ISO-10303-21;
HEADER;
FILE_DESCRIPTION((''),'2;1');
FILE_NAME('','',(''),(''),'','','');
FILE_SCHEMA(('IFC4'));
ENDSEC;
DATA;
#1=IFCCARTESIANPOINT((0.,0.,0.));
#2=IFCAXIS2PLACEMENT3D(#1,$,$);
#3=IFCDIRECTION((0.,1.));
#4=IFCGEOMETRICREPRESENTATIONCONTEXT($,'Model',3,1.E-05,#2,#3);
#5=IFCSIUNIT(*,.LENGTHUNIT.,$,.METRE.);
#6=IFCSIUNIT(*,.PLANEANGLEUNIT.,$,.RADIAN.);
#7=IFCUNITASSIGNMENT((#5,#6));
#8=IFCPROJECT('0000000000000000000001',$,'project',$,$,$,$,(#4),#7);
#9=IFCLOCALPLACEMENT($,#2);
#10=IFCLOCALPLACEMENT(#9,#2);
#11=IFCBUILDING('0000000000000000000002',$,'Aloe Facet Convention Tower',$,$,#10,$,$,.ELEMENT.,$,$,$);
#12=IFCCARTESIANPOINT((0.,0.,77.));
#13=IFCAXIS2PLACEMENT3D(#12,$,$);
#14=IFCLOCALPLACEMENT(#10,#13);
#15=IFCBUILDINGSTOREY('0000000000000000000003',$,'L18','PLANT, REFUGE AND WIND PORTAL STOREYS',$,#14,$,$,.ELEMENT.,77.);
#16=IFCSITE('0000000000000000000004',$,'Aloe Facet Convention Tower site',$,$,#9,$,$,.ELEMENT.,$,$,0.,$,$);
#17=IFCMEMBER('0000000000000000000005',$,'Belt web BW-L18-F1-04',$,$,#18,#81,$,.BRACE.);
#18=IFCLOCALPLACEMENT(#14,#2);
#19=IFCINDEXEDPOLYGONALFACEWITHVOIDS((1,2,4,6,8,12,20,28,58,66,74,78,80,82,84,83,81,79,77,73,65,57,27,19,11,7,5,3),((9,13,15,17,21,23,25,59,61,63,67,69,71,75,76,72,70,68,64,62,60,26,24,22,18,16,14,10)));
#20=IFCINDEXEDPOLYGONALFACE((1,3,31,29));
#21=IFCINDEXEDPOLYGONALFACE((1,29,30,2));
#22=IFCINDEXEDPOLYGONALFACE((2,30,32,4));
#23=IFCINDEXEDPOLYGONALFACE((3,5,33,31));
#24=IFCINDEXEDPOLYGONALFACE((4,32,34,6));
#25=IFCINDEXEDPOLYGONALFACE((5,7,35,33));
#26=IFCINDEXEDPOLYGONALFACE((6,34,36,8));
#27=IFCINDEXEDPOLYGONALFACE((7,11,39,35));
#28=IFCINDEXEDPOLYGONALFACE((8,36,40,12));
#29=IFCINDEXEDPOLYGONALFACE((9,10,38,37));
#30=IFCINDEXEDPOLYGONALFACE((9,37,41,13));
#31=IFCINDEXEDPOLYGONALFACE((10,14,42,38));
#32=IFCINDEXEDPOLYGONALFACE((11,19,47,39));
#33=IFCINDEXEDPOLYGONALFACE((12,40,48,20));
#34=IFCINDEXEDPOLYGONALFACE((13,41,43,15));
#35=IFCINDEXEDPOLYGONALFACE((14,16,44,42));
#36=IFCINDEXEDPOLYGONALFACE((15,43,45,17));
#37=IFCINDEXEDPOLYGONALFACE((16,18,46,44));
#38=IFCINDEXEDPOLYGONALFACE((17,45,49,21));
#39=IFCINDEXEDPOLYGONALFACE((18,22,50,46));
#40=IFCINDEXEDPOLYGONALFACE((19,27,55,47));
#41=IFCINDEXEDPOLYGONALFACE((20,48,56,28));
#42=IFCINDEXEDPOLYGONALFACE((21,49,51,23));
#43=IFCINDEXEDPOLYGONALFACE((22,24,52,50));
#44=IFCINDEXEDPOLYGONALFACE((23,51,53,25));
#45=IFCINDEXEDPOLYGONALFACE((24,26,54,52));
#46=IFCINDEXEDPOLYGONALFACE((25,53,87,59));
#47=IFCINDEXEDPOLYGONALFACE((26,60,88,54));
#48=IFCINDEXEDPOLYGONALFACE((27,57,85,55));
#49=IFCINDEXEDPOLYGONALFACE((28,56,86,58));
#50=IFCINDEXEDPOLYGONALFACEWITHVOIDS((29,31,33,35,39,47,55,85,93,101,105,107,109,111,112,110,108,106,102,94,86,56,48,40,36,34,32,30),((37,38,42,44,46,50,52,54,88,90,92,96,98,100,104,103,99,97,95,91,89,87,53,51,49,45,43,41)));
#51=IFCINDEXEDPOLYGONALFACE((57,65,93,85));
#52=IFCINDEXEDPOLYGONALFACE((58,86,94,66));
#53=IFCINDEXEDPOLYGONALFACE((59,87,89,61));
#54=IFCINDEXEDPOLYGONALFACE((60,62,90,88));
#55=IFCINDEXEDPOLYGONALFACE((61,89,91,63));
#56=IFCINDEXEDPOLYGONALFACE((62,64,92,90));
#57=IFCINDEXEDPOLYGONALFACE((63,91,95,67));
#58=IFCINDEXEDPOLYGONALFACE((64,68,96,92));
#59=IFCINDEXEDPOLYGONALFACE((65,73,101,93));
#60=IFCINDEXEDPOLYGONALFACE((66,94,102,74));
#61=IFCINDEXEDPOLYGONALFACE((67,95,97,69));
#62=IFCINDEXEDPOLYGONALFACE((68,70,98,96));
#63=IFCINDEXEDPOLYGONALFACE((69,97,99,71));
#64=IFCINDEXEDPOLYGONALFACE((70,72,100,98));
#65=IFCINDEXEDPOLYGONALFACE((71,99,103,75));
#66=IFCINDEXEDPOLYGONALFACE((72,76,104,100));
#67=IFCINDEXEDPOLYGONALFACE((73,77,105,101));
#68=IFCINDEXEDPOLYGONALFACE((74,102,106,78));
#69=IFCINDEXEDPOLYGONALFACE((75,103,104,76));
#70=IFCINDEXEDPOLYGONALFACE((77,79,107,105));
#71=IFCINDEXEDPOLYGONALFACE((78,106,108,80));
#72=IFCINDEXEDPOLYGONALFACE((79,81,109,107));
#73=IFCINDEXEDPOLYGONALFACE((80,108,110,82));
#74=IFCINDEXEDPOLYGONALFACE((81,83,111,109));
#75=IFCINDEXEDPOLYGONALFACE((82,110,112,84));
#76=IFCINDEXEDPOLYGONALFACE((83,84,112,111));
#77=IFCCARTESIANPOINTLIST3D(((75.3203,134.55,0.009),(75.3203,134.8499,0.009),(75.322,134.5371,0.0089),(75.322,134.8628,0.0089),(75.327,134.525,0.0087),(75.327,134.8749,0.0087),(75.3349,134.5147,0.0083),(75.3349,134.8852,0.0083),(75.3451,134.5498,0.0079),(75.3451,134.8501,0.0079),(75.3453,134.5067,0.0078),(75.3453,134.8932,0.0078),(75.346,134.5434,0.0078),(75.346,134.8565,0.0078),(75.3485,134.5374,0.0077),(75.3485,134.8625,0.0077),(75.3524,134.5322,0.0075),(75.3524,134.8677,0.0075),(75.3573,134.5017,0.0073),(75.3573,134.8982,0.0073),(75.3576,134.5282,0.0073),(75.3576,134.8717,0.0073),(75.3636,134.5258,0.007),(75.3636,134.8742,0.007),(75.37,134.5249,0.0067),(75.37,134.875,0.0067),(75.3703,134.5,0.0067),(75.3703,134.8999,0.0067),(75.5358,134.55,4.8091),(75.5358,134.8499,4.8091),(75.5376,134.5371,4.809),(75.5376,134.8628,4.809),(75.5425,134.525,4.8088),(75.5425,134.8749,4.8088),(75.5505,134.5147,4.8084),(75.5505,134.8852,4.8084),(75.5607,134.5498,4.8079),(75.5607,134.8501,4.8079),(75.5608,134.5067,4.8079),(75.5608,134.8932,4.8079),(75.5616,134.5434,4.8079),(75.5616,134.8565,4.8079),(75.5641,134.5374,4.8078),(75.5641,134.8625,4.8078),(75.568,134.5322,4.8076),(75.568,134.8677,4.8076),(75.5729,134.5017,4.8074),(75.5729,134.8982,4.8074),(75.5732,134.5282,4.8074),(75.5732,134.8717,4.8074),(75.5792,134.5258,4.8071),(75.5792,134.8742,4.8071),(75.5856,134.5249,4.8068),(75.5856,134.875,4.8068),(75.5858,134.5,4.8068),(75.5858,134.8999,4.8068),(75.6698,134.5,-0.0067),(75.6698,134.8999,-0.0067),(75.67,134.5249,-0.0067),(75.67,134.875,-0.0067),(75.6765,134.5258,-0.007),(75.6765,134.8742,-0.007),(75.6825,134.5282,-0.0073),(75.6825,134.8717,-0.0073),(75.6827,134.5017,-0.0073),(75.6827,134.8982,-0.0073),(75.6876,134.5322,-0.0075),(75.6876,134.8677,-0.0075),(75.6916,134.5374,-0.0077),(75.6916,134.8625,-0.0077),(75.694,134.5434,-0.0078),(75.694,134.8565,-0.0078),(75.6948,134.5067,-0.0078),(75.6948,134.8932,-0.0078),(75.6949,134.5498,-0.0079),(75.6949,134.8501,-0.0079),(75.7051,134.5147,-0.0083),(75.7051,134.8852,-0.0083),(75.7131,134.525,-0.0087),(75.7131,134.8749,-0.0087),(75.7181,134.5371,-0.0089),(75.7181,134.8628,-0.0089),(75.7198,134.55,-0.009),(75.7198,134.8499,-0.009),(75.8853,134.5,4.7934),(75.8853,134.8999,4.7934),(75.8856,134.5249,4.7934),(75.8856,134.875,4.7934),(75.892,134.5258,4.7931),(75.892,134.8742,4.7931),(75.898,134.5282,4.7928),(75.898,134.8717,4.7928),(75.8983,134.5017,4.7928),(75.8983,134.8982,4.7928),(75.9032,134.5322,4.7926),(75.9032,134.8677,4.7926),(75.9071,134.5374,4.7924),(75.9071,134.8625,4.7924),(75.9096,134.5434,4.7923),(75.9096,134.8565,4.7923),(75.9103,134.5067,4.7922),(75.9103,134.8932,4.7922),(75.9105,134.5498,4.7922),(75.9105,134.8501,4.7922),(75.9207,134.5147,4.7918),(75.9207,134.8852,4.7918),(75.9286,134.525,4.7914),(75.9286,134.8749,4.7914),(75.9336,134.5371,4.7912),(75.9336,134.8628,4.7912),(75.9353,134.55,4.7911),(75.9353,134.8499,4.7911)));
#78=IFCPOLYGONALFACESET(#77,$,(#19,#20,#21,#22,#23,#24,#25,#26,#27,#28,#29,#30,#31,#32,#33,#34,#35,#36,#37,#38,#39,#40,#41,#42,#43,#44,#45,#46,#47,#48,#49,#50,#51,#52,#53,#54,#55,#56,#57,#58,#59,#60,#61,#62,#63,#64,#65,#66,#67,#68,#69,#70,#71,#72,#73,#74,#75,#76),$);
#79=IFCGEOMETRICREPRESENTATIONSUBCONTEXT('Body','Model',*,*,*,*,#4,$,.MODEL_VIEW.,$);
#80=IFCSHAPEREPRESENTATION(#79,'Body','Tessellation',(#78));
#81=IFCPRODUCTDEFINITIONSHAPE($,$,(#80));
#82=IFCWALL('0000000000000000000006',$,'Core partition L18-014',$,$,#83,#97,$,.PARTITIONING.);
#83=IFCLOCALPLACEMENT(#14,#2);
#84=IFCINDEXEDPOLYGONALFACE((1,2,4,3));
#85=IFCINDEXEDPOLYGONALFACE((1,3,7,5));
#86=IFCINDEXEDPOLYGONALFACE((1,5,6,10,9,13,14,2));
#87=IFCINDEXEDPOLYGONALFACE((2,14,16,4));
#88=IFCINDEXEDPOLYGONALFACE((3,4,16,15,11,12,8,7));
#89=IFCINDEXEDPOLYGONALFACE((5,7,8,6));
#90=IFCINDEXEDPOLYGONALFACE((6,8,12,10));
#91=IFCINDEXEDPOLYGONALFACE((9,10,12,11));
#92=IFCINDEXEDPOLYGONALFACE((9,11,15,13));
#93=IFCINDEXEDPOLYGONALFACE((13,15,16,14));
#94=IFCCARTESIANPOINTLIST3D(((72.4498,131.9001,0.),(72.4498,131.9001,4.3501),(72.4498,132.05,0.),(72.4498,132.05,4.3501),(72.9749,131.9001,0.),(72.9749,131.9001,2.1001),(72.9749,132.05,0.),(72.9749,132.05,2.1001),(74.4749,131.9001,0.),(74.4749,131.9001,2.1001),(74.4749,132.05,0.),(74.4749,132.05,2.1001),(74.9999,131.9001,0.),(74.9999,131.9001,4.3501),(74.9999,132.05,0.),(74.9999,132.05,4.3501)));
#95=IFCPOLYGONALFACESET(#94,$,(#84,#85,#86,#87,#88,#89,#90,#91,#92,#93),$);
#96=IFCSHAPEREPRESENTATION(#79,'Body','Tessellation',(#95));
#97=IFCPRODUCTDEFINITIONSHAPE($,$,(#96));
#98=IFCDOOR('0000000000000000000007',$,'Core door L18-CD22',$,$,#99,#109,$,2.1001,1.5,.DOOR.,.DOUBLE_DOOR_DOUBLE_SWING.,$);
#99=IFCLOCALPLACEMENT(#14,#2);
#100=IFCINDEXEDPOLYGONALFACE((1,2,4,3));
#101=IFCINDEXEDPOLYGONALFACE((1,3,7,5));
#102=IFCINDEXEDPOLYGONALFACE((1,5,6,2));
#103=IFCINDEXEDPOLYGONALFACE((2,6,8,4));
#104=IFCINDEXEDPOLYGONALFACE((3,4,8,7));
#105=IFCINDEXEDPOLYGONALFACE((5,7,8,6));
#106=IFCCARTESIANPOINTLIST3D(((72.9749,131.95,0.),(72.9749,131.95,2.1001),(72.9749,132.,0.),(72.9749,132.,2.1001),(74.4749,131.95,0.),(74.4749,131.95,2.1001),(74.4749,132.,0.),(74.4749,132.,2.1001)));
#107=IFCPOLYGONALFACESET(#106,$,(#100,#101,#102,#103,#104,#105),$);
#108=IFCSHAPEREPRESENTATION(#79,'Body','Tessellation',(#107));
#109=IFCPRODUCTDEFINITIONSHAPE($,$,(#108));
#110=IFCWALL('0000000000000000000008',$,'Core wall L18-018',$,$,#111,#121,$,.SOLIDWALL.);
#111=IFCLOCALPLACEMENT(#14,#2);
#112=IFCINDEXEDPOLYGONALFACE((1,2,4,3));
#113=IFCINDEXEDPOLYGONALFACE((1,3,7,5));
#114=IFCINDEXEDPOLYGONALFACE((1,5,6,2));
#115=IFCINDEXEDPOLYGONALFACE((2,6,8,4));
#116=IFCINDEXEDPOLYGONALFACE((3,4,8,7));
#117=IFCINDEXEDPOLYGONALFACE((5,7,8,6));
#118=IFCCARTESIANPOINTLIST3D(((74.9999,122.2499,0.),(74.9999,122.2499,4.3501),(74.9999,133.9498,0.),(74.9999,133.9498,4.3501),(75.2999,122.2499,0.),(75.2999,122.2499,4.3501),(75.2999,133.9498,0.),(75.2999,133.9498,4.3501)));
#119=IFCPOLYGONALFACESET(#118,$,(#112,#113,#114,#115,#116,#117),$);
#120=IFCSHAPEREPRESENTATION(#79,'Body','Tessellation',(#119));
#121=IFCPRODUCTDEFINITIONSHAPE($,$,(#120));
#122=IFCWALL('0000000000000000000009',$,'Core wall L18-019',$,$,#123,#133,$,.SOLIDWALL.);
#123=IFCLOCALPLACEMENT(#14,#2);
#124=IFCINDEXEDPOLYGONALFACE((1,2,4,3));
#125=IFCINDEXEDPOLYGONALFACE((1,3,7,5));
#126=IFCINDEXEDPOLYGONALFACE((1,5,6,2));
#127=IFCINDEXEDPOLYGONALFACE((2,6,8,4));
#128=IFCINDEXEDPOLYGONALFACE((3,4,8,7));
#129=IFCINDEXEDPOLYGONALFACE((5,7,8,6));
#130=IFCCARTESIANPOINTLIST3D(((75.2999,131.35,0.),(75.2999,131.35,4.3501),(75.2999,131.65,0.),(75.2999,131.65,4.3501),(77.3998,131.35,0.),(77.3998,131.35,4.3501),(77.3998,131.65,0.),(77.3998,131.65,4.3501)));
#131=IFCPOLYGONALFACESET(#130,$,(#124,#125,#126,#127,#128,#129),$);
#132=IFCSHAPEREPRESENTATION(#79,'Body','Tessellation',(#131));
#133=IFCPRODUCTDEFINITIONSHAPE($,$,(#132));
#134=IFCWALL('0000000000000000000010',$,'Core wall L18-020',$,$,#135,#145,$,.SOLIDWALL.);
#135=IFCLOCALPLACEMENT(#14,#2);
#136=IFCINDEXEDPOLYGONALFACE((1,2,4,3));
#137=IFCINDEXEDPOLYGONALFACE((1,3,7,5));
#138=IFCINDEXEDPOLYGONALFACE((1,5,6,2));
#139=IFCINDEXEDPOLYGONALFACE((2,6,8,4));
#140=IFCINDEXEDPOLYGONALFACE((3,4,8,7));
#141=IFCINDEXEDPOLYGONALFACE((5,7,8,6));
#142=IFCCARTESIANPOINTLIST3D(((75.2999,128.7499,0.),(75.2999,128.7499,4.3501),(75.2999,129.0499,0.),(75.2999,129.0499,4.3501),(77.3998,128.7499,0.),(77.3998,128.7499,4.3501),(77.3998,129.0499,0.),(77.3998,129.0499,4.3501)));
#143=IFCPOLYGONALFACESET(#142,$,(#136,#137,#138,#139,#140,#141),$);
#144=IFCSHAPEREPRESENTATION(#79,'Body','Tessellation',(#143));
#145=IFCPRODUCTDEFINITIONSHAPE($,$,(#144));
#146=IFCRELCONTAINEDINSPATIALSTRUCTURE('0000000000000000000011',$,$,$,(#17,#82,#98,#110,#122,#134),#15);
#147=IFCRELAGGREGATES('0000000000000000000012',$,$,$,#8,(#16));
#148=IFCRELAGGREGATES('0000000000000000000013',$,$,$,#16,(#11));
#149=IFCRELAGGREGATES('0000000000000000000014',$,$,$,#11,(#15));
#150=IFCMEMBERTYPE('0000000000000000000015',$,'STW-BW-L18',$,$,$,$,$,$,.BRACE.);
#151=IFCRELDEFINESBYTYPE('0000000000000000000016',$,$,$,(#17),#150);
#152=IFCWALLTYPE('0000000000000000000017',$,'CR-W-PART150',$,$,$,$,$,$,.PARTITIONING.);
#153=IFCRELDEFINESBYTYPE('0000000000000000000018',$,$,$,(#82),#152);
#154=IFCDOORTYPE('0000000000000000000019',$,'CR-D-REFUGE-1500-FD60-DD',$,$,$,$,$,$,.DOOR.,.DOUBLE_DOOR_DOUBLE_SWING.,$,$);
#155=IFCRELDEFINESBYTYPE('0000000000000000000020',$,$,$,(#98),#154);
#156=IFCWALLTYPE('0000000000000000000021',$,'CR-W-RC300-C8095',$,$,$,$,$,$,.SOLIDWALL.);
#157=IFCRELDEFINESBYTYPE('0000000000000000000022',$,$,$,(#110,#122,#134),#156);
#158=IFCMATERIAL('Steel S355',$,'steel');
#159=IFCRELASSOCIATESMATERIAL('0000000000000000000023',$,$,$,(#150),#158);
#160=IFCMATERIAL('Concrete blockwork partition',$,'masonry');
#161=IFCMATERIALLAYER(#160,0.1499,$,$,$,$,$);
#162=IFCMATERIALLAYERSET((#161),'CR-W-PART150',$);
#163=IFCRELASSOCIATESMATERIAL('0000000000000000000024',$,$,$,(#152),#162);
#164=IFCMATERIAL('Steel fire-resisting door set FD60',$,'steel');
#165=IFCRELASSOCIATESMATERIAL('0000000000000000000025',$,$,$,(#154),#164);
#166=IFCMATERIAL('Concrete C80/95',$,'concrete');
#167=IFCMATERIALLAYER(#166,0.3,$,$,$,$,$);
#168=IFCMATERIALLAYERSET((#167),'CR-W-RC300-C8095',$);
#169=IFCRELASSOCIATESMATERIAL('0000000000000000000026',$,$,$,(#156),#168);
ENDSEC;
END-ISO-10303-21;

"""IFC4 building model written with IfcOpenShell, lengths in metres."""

from ifc_helpers import new_model, si_unit, direction, frame, frame_2d, origin, origin_2d, place, context, subcontext, project, spatial, rectangle, hollow_rectangle, extrude, material, layer, layer_set, material_profile, profile_set, type_object, element, fill, save


model = new_model("IFC4")

# Units and contexts
model_context = context("Model", 3, precision=1e-05, world=origin(), true_north=direction((0.0, 1.0)))
body_context = subcontext(model_context, "Body", "Model", "MODEL_VIEW")
ifc_project = project(units=[si_unit("LENGTHUNIT", "METRE"), si_unit("PLANEANGLEUNIT", "RADIAN")], contexts=[model_context])

# Site, building, storey
site_placement = place(None, origin())
site = spatial("IfcSite", under=ifc_project, at=site_placement, Name="Aloe Facet Convention Tower site", CompositionType="ELEMENT", RefElevation=0.0)
building_placement = place(site_placement, origin())
building = spatial("IfcBuilding", under=site, at=building_placement, Name="Aloe Facet Convention Tower", CompositionType="ELEMENT")
storey_placement = place(building_placement, frame((0.0, 0.0, 77.0)))
storey = spatial("IfcBuildingStorey", under=building, at=storey_placement, Name="L18", Description="PLANT, REFUGE AND WIND PORTAL STOREYS", CompositionType="ELEMENT", Elevation=77.0)

# Member
ifc_material_1 = material(Name="Steel S355", Category="steel")
ifc_material_profile = material_profile(ifc_material_1, hollow_rectangle(XDim=0.3999, YDim=0.3999, WallThickness=0.0249, InnerFilletRadius=0.0249, OuterFilletRadius=0.05, at=origin_2d()), Name="SHS 400x400x25")
ifc_profile_set = profile_set([ifc_material_profile], Name="Steel S355")
member_type = type_object("IfcMemberType", Name="STW-BW-L18", PredefinedType="BRACE", material=ifc_profile_set)
member_placement = place(storey_placement, frame((75.52, 134.7, 0.0), z_axis=(0.044866, 0.0, 0.998993), x_axis=(0.0, 1.0, 0.0)))
element("IfcMember", 1, at=member_placement, inside=storey, type_object=member_type, Name="Belt web BW-L18-F1-04", PredefinedType="BRACE", context=body_context, shape_type="SweptSolid", body=[
    extrude(hollow_rectangle(XDim=0.3999, YDim=0.3999, WallThickness=0.0249, InnerFilletRadius=0.0249, OuterFilletRadius=0.05, at=origin_2d()), origin(), (0.0, 0.0, 1.0), 4.8049),
])

# Wall, opening, door
ifc_material_2 = material(Name="Concrete blockwork partition", Category="masonry")
ifc_layer_1 = layer(ifc_material_2, 0.1499)
ifc_layer_set_1 = layer_set([ifc_layer_1], Name="CR-W-PART150")
wall_type_1 = type_object("IfcWallType", Name="CR-W-PART150", PredefinedType="PARTITIONING", material=ifc_layer_set_1)
wall_1_placement = place(storey_placement, frame((72.45, 131.9751, 0.0), z_axis=(0.0, 0.0, 1.0), x_axis=(1.0, 0.0, 0.0)))
wall_1 = element("IfcWall", 2, at=wall_1_placement, inside=storey, type_object=wall_type_1, Name="Core partition L18-014", PredefinedType="PARTITIONING", context=body_context, shape_type="SweptSolid", body=[
    extrude(rectangle(XDim=2.55, YDim=0.1499, at=frame_2d((1.2749, 0.0))), origin(), (0.0, 0.0, 1.0), 4.3501),
])
opening_1_placement = place(wall_1_placement, frame((0.5249, 0.0, 0.0)))
opening_1 = element("IfcOpeningElement", 3, at=opening_1_placement, cuts=wall_1, PredefinedType="OPENING", context=body_context, shape_type="SweptSolid", body=[
    extrude(rectangle(XDim=1.5, YDim=2.1001, at=frame_2d((0.75, 1.05))), frame((0.0, 0.085, 0.0), z_axis=(0.0, -1.0, 0.0), x_axis=(1.0, 0.0, 0.0)), (0.0, 0.0, 1.0), 0.1699),
])
ifc_material_3 = material(Name="Steel fire-resisting door set FD60", Category="steel")
door_type_1 = type_object("IfcDoorType", Name="CR-D-REFUGE-1500-FD60-DD", OperationType="DOUBLE_DOOR_DOUBLE_SWING", PredefinedType="DOOR", material=ifc_material_3)
door_1_placement = place(opening_1_placement, origin())
door_1 = element("IfcDoor", 4, at=door_1_placement, inside=storey, type_object=door_type_1, Name="Core door L18-CD22", OperationType="DOUBLE_DOOR_DOUBLE_SWING", OverallHeight=2.1001, OverallWidth=1.5, PredefinedType="DOOR", context=body_context, shape_type="SweptSolid", body=[
    extrude(rectangle(XDim=1.5, YDim=2.1001, at=frame_2d((0.75, 1.05))), frame((0.0, 0.0249, 0.0), z_axis=(0.0, -1.0, 0.0), x_axis=(1.0, 0.0, 0.0)), (0.0, 0.0, 1.0), 0.05),
])
fill(opening_1, door_1)

# Walls
ifc_material_4 = material(Name="Concrete C80/95", Category="concrete")
ifc_layer_2 = layer(ifc_material_4, 0.3)
ifc_layer_set_2 = layer_set([ifc_layer_2], Name="CR-W-RC300-C8095")
wall_type_2 = type_object("IfcWallType", Name="CR-W-RC300-C8095", PredefinedType="SOLIDWALL", material=ifc_layer_set_2)
wall_2_placement = place(storey_placement, frame((75.1499, 133.95, 0.0), z_axis=(0.0, 0.0, 1.0), x_axis=(0.0, -1.0, 0.0)))
element("IfcWall", 5, at=wall_2_placement, inside=storey, type_object=wall_type_2, Name="Core wall L18-018", PredefinedType="SOLIDWALL", context=body_context, shape_type="SweptSolid", body=[
    extrude(rectangle(XDim=11.7, YDim=0.3, at=frame_2d((5.8501, 0.0))), origin(), (0.0, 0.0, 1.0), 4.3501),
])
for number, where, z_axis, x_axis, name in (
    (6, (75.3, 131.5, 0.0), (0.0, 0.0, 1.0), (1.0, 0.0, 0.0), "Core wall L18-019"),
    (7, (75.3, 128.8999, 0.0), (0.0, 0.0, 1.0), (1.0, 0.0, 0.0), "Core wall L18-020"),
):
    element("IfcWall", number, at=place(storey_placement, frame(where, z_axis=z_axis, x_axis=x_axis)), inside=storey, type_object=wall_type_2, Name=name, PredefinedType="SOLIDWALL", context=body_context, shape_type="SweptSolid", body=[
        extrude(rectangle(XDim=2.0999, YDim=0.3, at=frame_2d((1.0498, 0.0))), origin(), (0.0, 0.0, 1.0), 4.3501),
    ])

save(model, "model.ifc")
